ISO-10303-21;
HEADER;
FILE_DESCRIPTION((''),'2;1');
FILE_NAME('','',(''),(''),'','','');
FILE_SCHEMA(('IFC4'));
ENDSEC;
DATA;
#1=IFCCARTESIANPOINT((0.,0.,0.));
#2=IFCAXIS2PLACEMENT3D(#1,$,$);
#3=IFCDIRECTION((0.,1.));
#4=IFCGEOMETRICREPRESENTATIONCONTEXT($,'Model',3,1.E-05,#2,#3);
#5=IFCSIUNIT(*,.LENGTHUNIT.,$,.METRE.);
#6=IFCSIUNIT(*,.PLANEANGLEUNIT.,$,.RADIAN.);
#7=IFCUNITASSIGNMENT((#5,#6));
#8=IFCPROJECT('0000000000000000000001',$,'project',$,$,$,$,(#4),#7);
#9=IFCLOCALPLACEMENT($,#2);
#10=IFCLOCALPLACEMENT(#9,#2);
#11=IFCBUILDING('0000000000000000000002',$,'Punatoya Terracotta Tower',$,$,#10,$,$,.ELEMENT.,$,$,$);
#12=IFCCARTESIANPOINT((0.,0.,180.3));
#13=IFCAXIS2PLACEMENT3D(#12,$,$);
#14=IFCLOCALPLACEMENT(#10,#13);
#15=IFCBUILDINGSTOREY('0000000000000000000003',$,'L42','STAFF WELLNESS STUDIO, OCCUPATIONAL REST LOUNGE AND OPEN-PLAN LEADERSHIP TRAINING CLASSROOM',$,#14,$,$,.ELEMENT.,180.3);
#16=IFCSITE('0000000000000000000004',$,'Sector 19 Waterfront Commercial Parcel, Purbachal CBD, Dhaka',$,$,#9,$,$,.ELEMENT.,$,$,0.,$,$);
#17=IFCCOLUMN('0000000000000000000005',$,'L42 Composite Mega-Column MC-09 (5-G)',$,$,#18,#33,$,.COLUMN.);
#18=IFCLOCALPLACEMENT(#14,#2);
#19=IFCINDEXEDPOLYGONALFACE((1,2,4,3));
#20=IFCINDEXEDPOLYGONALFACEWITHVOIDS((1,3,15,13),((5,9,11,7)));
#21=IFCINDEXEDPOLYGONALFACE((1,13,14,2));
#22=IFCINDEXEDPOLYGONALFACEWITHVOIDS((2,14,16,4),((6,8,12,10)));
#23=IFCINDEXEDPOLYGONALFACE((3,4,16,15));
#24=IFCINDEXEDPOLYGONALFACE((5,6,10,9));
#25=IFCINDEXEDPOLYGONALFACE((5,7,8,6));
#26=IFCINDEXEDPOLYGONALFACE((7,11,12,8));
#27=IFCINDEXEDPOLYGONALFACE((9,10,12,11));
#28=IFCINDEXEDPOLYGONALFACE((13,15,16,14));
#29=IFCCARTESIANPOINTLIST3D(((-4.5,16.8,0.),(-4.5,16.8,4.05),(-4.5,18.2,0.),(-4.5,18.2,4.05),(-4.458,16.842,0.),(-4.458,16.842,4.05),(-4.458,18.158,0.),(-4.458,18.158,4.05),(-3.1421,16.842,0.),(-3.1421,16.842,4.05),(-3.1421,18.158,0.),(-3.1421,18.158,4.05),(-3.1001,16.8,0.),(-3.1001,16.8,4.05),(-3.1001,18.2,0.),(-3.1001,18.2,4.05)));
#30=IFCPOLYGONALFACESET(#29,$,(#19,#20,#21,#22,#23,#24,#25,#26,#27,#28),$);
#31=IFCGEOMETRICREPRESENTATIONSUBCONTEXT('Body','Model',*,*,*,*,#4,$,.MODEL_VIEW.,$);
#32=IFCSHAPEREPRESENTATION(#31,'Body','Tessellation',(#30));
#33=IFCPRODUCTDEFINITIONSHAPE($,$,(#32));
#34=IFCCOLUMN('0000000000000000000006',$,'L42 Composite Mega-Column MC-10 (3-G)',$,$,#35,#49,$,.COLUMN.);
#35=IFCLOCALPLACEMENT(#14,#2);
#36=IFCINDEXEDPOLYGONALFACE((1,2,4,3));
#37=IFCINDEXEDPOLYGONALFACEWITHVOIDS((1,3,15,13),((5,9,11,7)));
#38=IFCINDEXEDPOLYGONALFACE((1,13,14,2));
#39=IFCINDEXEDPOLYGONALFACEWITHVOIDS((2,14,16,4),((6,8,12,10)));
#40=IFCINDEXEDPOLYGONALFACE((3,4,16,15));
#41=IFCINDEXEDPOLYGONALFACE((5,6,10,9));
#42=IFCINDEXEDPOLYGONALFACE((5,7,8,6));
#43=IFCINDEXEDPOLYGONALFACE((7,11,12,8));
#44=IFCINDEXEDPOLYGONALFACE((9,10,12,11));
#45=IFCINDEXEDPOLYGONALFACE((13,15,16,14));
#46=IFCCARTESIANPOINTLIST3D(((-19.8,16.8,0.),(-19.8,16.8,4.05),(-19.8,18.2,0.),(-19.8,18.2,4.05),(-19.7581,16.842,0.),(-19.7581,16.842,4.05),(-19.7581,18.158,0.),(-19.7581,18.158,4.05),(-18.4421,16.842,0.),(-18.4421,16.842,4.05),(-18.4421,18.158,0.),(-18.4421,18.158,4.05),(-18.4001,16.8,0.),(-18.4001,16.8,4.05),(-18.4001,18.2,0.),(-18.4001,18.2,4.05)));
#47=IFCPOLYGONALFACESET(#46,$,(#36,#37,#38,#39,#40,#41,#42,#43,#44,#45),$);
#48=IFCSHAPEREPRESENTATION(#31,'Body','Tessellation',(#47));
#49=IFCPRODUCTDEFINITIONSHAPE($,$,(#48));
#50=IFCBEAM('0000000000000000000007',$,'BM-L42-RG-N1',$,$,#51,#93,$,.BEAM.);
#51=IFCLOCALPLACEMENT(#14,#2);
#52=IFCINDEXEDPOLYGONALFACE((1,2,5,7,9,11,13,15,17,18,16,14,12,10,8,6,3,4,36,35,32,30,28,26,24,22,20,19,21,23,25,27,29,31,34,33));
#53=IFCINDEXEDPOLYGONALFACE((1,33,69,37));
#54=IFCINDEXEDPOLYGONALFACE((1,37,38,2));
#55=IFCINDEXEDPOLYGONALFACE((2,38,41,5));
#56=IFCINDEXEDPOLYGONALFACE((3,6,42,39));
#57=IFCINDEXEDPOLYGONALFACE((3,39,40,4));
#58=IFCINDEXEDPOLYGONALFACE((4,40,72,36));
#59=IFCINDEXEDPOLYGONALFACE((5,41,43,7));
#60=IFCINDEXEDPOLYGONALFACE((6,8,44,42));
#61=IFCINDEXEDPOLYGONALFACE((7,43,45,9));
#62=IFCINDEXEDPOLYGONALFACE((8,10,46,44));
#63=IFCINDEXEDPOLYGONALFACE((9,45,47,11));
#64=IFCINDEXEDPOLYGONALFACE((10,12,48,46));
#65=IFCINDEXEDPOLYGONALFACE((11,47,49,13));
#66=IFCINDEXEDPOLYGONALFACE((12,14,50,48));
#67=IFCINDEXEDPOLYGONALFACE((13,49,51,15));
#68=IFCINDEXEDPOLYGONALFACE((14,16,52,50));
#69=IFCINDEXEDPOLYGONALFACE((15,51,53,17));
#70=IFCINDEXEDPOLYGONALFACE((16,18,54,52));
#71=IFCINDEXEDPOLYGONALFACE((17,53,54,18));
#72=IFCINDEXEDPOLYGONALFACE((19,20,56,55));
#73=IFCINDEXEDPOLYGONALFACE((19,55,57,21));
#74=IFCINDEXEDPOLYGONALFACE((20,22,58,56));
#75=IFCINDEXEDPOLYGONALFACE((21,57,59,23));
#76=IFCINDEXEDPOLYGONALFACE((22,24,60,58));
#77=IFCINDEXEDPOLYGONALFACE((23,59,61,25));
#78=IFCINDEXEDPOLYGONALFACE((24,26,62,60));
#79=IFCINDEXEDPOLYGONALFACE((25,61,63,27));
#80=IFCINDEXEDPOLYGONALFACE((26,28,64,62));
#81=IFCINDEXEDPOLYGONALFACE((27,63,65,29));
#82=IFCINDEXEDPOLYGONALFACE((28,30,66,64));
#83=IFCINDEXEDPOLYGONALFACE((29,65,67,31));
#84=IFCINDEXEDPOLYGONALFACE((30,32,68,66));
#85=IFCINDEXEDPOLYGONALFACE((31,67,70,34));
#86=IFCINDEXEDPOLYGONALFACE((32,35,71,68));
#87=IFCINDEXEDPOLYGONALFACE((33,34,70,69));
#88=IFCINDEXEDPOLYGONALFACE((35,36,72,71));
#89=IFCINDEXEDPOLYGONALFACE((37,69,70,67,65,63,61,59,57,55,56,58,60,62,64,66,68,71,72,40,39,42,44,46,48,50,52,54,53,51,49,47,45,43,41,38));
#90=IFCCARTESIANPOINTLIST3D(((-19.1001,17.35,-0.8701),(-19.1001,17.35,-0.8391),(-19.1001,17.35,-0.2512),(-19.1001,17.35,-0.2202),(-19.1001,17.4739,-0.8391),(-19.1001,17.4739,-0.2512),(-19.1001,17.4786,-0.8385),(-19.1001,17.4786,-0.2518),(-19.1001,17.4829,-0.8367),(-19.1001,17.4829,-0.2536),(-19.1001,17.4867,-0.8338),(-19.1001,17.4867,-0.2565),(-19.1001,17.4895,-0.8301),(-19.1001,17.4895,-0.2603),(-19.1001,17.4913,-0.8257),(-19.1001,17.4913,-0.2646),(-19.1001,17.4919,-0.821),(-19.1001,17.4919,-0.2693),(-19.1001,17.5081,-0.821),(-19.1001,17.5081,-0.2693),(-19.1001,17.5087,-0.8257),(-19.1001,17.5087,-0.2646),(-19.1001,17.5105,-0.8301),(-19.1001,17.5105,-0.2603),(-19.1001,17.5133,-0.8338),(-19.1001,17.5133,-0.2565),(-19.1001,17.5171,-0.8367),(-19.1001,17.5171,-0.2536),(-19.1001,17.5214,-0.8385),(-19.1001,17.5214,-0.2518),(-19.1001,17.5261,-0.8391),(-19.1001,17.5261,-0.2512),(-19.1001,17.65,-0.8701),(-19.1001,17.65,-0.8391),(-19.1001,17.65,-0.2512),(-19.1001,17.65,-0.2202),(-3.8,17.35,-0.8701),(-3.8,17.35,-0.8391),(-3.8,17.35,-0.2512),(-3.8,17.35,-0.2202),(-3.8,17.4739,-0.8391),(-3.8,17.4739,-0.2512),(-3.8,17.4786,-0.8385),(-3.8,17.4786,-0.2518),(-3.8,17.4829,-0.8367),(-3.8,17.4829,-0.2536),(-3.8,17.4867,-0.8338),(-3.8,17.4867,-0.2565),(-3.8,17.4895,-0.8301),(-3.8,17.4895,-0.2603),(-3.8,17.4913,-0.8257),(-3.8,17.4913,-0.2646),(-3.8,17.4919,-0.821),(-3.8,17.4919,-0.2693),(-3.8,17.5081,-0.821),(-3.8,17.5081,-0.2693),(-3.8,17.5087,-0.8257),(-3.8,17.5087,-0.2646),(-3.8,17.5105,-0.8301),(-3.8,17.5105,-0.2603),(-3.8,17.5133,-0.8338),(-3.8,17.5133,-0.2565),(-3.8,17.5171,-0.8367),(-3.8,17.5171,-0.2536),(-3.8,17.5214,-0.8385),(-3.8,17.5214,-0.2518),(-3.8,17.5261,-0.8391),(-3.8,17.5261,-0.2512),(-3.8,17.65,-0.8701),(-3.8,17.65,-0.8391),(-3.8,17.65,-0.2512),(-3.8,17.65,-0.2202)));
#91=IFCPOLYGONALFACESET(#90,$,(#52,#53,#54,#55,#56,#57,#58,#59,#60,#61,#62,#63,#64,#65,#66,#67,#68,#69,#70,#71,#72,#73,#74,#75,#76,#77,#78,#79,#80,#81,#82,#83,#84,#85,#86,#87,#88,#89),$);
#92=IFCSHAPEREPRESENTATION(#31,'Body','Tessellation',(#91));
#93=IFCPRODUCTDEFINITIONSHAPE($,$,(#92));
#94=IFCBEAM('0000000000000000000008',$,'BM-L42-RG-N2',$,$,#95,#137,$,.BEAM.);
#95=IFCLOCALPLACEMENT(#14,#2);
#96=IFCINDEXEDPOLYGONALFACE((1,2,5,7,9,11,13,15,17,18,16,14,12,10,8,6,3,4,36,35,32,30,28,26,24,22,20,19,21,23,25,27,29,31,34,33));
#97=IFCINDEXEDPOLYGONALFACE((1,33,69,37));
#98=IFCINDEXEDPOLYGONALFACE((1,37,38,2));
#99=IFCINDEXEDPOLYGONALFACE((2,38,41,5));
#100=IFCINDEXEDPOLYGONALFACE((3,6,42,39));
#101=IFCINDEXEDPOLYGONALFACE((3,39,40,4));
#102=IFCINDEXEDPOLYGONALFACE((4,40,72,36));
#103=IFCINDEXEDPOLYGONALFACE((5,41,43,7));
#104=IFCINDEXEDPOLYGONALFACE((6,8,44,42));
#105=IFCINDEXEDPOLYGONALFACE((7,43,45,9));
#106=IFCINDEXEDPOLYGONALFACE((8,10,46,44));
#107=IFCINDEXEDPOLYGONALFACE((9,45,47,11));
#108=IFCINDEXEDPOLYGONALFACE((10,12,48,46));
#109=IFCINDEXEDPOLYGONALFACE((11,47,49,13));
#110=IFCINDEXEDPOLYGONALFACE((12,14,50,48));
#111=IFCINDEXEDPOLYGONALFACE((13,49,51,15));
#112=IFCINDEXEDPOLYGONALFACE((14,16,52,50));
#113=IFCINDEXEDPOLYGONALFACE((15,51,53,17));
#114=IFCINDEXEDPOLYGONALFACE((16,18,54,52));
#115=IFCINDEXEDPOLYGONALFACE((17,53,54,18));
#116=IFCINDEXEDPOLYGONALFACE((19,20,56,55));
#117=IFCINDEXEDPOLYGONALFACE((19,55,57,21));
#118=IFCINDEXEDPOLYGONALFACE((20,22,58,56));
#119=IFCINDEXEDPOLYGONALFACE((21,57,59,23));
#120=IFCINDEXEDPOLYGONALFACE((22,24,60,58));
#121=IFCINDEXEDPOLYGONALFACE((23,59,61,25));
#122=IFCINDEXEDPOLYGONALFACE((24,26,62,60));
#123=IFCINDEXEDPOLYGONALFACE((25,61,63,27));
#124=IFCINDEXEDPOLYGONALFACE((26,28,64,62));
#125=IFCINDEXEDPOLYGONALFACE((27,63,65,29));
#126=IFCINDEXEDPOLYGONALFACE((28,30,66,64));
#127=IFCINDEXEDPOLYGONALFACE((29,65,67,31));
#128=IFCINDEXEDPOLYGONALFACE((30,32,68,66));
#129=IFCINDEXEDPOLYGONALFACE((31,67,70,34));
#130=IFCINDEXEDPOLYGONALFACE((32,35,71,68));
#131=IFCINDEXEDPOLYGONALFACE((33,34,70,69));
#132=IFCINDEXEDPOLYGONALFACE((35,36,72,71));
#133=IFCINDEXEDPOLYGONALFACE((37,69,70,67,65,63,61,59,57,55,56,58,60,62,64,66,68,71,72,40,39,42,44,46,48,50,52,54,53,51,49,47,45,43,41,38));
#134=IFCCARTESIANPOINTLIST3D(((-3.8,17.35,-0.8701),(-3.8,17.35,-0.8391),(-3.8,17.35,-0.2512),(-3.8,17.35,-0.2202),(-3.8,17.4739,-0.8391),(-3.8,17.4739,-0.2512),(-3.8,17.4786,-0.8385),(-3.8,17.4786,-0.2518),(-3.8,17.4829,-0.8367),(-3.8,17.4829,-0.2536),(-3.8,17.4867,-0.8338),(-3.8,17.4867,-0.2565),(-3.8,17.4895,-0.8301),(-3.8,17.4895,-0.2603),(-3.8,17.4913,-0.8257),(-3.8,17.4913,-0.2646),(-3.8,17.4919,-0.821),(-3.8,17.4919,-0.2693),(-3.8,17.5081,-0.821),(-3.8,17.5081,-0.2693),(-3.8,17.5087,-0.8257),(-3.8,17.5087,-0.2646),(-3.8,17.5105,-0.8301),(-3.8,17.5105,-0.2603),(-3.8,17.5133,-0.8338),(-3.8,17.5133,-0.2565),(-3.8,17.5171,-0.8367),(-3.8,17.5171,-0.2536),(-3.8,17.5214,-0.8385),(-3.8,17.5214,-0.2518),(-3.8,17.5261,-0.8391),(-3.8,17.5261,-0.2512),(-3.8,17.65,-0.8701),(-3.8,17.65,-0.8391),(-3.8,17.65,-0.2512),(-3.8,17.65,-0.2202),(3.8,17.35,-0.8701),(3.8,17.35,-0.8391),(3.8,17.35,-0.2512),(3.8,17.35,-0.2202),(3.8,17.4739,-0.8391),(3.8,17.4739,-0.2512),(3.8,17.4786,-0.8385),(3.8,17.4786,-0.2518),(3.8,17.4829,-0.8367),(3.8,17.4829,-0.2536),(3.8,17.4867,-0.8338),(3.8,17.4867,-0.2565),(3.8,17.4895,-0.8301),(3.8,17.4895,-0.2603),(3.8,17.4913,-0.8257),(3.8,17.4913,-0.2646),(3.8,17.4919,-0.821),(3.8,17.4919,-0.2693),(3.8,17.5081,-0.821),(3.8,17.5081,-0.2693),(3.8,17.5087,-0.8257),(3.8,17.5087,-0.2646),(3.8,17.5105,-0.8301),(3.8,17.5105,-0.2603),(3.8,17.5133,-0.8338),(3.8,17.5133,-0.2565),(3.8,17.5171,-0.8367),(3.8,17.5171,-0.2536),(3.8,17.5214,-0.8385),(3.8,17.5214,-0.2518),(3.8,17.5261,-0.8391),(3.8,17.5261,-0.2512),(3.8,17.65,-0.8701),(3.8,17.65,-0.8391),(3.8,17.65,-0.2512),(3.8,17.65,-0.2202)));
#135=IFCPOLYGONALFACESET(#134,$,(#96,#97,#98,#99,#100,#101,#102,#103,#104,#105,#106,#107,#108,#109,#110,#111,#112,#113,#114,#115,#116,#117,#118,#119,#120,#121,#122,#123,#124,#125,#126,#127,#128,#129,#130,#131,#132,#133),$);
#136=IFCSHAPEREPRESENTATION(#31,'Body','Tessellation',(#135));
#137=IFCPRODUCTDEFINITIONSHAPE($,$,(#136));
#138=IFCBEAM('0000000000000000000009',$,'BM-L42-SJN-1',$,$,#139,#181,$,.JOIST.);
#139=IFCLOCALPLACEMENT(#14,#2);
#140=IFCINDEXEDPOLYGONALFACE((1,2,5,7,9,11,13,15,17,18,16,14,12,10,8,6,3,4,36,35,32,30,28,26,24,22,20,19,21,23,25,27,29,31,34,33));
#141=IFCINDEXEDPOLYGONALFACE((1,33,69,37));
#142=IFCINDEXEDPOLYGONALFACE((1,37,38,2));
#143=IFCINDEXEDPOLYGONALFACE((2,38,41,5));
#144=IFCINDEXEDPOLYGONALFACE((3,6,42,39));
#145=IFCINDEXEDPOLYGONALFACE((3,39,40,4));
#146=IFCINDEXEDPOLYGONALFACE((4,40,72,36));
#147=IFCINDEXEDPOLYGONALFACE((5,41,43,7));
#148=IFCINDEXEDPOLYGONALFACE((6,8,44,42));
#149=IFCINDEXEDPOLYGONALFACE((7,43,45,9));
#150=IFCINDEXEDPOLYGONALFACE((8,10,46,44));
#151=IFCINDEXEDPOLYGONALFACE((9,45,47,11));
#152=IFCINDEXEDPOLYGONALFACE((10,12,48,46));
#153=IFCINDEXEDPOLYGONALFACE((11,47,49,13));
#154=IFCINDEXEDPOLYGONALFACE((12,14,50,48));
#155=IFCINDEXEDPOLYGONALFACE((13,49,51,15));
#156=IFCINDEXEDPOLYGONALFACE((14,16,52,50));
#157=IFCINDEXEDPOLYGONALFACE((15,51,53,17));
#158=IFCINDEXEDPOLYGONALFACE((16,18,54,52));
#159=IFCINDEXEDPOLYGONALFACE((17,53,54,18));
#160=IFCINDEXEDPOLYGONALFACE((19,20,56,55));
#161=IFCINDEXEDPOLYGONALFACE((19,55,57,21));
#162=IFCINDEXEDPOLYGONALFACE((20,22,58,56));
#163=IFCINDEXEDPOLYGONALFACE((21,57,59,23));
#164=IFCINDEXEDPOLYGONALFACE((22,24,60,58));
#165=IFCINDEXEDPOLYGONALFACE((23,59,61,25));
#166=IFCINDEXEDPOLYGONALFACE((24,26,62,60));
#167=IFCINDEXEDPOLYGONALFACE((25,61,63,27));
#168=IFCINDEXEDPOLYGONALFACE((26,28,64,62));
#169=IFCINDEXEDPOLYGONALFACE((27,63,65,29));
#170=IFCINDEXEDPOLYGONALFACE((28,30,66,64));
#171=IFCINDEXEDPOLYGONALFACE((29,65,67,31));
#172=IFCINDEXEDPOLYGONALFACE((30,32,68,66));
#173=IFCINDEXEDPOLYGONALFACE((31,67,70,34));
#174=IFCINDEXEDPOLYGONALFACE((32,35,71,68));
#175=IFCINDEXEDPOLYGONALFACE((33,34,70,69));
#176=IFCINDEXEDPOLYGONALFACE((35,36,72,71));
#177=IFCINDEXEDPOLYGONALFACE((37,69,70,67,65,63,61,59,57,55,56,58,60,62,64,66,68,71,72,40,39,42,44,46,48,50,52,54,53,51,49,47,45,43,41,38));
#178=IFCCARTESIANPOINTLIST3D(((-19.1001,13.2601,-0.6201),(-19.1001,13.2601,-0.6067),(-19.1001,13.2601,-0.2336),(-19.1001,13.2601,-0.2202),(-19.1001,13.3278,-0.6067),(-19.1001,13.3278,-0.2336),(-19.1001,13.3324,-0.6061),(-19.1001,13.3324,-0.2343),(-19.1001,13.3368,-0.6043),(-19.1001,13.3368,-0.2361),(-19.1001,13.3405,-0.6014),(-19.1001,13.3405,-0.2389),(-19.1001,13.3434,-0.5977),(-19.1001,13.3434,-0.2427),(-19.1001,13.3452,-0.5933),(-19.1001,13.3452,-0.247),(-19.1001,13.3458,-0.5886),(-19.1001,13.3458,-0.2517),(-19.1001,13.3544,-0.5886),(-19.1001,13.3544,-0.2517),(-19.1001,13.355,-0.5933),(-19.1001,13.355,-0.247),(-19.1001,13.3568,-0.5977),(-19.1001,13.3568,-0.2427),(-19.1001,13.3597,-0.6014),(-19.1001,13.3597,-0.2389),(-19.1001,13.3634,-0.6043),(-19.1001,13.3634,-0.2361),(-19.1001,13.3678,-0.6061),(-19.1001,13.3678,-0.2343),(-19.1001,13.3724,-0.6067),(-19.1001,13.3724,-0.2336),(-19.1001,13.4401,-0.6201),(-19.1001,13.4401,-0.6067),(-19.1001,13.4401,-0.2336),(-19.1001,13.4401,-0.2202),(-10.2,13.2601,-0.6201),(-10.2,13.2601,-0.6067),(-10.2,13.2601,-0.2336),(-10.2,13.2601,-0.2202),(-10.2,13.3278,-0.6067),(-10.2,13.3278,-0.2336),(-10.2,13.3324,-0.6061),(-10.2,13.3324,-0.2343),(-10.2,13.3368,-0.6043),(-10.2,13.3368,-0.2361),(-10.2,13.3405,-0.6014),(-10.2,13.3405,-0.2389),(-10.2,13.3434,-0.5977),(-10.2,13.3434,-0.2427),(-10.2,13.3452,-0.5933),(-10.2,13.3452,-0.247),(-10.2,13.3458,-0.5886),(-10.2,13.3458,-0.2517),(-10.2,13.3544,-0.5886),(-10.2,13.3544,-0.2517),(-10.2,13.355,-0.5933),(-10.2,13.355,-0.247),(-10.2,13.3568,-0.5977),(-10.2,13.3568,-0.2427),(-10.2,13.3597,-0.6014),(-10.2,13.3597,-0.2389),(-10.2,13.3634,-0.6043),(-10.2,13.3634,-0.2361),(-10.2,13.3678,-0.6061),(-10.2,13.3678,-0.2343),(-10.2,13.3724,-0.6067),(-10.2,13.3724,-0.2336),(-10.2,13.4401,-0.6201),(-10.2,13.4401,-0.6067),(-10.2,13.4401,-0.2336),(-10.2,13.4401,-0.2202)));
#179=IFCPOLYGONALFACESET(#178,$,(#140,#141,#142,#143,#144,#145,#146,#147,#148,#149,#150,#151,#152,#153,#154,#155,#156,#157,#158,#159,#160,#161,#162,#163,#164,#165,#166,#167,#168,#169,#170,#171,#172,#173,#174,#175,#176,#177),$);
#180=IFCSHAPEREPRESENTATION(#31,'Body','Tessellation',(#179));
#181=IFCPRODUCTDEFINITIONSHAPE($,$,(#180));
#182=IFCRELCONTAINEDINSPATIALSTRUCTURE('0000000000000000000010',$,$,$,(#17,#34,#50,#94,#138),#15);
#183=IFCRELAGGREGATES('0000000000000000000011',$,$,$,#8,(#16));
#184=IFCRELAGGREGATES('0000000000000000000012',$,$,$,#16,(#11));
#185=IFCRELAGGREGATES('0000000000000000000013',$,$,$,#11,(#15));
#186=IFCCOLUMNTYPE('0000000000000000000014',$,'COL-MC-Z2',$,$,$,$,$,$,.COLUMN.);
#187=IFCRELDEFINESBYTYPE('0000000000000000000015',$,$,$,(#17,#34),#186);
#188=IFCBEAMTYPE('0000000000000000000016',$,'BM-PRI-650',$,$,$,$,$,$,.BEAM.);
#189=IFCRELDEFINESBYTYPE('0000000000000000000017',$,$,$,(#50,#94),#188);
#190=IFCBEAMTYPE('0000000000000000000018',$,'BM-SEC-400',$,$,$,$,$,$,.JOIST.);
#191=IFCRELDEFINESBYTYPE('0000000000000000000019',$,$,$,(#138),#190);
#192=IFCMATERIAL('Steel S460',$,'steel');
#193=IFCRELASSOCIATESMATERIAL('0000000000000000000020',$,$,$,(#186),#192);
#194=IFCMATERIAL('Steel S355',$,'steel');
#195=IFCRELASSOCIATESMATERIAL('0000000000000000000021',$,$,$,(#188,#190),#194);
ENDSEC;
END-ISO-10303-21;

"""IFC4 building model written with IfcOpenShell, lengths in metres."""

from ifc_helpers import new_model, si_unit, direction, frame, origin, origin_2d, place, context, subcontext, project, spatial, hollow_rectangle, i_section, extrude, material, material_profile, profile_set, type_object, element, save


model = new_model("IFC4")

# Units and contexts
model_context = context("Model", 3, precision=1e-05, world=origin(), true_north=direction((0.0, 1.0)))
body_context = subcontext(model_context, "Body", "Model", "MODEL_VIEW")
ifc_project = project(units=[si_unit("LENGTHUNIT", "METRE"), si_unit("PLANEANGLEUNIT", "RADIAN")], contexts=[model_context])

# Site, building, storey
site_placement = place(None, origin())
site = spatial("IfcSite", under=ifc_project, at=site_placement, Name="Sector 19 Waterfront Commercial Parcel, Purbachal CBD, Dhaka", CompositionType="ELEMENT", RefElevation=0.0)
building_placement = place(site_placement, origin())
building = spatial("IfcBuilding", under=site, at=building_placement, Name="Punatoya Terracotta Tower", CompositionType="ELEMENT")
storey_placement = place(building_placement, frame((0.0, 0.0, 180.3)))
storey = spatial("IfcBuildingStorey", under=building, at=storey_placement, Name="L42", Description="STAFF WELLNESS STUDIO, OCCUPATIONAL REST LOUNGE AND OPEN-PLAN LEADERSHIP TRAINING CLASSROOM", CompositionType="ELEMENT", Elevation=180.3)

# Columns
ifc_material_1 = material(Name="Steel S460", Category="steel")
ifc_material_profile_1 = material_profile(ifc_material_1, hollow_rectangle(XDim=1.3999, YDim=1.3999, WallThickness=0.042, at=origin_2d()))
ifc_profile_set_1 = profile_set([ifc_material_profile_1], Name="Steel S460")
column_type = type_object("IfcColumnType", Name="COL-MC-Z2", PredefinedType="COLUMN", material=ifc_profile_set_1)
for number, where, z_axis, x_axis, name in (
    (1, (-3.8, 17.5, 0.0), (0.0, 0.0, 1.0), (1.0, 0.0, 0.0), "L42 Composite Mega-Column MC-09 (5-G)"),
    (2, (-19.1001, 17.5, 0.0), (0.0, 0.0, 1.0), (1.0, 0.0, 0.0), "L42 Composite Mega-Column MC-10 (3-G)"),
):
    element("IfcColumn", number, at=place(storey_placement, frame(where, z_axis=z_axis, x_axis=x_axis)), inside=storey, type_object=column_type, Name=name, PredefinedType="COLUMN", context=body_context, shape_type="SweptSolid", body=[
        extrude(hollow_rectangle(XDim=1.3999, YDim=1.3999, WallThickness=0.042, at=origin_2d()), origin(), (0.0, 0.0, 1.0), 4.05),
    ])

# Beams
ifc_material_2 = material(Name="Steel S355", Category="steel")
ifc_material_profile_2 = material_profile(ifc_material_2, i_section(OverallWidth=0.3, OverallDepth=0.6499, WebThickness=0.0161, FlangeThickness=0.031, FilletRadius=0.0181, at=origin_2d()))
ifc_profile_set_2 = profile_set([ifc_material_profile_2], Name="Steel S355")
beam_type_1 = type_object("IfcBeamType", Name="BM-PRI-650", PredefinedType="BEAM", material=ifc_profile_set_2)
beam_1_placement = place(storey_placement, frame((-19.1001, 17.5, -0.5452), z_axis=(1.0, 0.0, 0.0), x_axis=(0.0, 1.0, 0.0)))
element("IfcBeam", 3, at=beam_1_placement, inside=storey, type_object=beam_type_1, Name="BM-L42-RG-N1", PredefinedType="BEAM", context=body_context, shape_type="SweptSolid", body=[
    extrude(i_section(OverallWidth=0.3, OverallDepth=0.6499, WebThickness=0.0161, FlangeThickness=0.031, FilletRadius=0.0181, at=origin_2d()), origin(), (0.0, 0.0, 1.0), 15.3),
])
beam_2_placement = place(storey_placement, frame((-3.8, 17.5, -0.5452), z_axis=(1.0, 0.0, 0.0), x_axis=(0.0, 1.0, 0.0)))
element("IfcBeam", 4, at=beam_2_placement, inside=storey, type_object=beam_type_1, Name="BM-L42-RG-N2", PredefinedType="BEAM", context=body_context, shape_type="SweptSolid", body=[
    extrude(i_section(OverallWidth=0.3, OverallDepth=0.6499, WebThickness=0.0161, FlangeThickness=0.031, FilletRadius=0.0181, at=origin_2d()), origin(), (0.0, 0.0, 1.0), 7.6001),
])
ifc_material_profile_3 = material_profile(ifc_material_2, i_section(OverallWidth=0.1799, OverallDepth=0.3999, WebThickness=0.0085, FlangeThickness=0.0134, FilletRadius=0.0181, at=origin_2d()))
ifc_profile_set_3 = profile_set([ifc_material_profile_3], Name="Steel S355")
beam_type_2 = type_object("IfcBeamType", Name="BM-SEC-400", PredefinedType="JOIST", material=ifc_profile_set_3)
beam_3_placement = place(storey_placement, frame((-19.1001, 13.3501, -0.4202), z_axis=(1.0, 0.0, 0.0), x_axis=(0.0, 1.0, 0.0)))
element("IfcBeam", 5, at=beam_3_placement, inside=storey, type_object=beam_type_2, Name="BM-L42-SJN-1", PredefinedType="JOIST", context=body_context, shape_type="SweptSolid", body=[
    extrude(i_section(OverallWidth=0.1799, OverallDepth=0.3999, WebThickness=0.0085, FlangeThickness=0.0134, FilletRadius=0.0181, at=origin_2d()), origin(), (0.0, 0.0, 1.0), 8.9001),
])

save(model, "model.ifc")
